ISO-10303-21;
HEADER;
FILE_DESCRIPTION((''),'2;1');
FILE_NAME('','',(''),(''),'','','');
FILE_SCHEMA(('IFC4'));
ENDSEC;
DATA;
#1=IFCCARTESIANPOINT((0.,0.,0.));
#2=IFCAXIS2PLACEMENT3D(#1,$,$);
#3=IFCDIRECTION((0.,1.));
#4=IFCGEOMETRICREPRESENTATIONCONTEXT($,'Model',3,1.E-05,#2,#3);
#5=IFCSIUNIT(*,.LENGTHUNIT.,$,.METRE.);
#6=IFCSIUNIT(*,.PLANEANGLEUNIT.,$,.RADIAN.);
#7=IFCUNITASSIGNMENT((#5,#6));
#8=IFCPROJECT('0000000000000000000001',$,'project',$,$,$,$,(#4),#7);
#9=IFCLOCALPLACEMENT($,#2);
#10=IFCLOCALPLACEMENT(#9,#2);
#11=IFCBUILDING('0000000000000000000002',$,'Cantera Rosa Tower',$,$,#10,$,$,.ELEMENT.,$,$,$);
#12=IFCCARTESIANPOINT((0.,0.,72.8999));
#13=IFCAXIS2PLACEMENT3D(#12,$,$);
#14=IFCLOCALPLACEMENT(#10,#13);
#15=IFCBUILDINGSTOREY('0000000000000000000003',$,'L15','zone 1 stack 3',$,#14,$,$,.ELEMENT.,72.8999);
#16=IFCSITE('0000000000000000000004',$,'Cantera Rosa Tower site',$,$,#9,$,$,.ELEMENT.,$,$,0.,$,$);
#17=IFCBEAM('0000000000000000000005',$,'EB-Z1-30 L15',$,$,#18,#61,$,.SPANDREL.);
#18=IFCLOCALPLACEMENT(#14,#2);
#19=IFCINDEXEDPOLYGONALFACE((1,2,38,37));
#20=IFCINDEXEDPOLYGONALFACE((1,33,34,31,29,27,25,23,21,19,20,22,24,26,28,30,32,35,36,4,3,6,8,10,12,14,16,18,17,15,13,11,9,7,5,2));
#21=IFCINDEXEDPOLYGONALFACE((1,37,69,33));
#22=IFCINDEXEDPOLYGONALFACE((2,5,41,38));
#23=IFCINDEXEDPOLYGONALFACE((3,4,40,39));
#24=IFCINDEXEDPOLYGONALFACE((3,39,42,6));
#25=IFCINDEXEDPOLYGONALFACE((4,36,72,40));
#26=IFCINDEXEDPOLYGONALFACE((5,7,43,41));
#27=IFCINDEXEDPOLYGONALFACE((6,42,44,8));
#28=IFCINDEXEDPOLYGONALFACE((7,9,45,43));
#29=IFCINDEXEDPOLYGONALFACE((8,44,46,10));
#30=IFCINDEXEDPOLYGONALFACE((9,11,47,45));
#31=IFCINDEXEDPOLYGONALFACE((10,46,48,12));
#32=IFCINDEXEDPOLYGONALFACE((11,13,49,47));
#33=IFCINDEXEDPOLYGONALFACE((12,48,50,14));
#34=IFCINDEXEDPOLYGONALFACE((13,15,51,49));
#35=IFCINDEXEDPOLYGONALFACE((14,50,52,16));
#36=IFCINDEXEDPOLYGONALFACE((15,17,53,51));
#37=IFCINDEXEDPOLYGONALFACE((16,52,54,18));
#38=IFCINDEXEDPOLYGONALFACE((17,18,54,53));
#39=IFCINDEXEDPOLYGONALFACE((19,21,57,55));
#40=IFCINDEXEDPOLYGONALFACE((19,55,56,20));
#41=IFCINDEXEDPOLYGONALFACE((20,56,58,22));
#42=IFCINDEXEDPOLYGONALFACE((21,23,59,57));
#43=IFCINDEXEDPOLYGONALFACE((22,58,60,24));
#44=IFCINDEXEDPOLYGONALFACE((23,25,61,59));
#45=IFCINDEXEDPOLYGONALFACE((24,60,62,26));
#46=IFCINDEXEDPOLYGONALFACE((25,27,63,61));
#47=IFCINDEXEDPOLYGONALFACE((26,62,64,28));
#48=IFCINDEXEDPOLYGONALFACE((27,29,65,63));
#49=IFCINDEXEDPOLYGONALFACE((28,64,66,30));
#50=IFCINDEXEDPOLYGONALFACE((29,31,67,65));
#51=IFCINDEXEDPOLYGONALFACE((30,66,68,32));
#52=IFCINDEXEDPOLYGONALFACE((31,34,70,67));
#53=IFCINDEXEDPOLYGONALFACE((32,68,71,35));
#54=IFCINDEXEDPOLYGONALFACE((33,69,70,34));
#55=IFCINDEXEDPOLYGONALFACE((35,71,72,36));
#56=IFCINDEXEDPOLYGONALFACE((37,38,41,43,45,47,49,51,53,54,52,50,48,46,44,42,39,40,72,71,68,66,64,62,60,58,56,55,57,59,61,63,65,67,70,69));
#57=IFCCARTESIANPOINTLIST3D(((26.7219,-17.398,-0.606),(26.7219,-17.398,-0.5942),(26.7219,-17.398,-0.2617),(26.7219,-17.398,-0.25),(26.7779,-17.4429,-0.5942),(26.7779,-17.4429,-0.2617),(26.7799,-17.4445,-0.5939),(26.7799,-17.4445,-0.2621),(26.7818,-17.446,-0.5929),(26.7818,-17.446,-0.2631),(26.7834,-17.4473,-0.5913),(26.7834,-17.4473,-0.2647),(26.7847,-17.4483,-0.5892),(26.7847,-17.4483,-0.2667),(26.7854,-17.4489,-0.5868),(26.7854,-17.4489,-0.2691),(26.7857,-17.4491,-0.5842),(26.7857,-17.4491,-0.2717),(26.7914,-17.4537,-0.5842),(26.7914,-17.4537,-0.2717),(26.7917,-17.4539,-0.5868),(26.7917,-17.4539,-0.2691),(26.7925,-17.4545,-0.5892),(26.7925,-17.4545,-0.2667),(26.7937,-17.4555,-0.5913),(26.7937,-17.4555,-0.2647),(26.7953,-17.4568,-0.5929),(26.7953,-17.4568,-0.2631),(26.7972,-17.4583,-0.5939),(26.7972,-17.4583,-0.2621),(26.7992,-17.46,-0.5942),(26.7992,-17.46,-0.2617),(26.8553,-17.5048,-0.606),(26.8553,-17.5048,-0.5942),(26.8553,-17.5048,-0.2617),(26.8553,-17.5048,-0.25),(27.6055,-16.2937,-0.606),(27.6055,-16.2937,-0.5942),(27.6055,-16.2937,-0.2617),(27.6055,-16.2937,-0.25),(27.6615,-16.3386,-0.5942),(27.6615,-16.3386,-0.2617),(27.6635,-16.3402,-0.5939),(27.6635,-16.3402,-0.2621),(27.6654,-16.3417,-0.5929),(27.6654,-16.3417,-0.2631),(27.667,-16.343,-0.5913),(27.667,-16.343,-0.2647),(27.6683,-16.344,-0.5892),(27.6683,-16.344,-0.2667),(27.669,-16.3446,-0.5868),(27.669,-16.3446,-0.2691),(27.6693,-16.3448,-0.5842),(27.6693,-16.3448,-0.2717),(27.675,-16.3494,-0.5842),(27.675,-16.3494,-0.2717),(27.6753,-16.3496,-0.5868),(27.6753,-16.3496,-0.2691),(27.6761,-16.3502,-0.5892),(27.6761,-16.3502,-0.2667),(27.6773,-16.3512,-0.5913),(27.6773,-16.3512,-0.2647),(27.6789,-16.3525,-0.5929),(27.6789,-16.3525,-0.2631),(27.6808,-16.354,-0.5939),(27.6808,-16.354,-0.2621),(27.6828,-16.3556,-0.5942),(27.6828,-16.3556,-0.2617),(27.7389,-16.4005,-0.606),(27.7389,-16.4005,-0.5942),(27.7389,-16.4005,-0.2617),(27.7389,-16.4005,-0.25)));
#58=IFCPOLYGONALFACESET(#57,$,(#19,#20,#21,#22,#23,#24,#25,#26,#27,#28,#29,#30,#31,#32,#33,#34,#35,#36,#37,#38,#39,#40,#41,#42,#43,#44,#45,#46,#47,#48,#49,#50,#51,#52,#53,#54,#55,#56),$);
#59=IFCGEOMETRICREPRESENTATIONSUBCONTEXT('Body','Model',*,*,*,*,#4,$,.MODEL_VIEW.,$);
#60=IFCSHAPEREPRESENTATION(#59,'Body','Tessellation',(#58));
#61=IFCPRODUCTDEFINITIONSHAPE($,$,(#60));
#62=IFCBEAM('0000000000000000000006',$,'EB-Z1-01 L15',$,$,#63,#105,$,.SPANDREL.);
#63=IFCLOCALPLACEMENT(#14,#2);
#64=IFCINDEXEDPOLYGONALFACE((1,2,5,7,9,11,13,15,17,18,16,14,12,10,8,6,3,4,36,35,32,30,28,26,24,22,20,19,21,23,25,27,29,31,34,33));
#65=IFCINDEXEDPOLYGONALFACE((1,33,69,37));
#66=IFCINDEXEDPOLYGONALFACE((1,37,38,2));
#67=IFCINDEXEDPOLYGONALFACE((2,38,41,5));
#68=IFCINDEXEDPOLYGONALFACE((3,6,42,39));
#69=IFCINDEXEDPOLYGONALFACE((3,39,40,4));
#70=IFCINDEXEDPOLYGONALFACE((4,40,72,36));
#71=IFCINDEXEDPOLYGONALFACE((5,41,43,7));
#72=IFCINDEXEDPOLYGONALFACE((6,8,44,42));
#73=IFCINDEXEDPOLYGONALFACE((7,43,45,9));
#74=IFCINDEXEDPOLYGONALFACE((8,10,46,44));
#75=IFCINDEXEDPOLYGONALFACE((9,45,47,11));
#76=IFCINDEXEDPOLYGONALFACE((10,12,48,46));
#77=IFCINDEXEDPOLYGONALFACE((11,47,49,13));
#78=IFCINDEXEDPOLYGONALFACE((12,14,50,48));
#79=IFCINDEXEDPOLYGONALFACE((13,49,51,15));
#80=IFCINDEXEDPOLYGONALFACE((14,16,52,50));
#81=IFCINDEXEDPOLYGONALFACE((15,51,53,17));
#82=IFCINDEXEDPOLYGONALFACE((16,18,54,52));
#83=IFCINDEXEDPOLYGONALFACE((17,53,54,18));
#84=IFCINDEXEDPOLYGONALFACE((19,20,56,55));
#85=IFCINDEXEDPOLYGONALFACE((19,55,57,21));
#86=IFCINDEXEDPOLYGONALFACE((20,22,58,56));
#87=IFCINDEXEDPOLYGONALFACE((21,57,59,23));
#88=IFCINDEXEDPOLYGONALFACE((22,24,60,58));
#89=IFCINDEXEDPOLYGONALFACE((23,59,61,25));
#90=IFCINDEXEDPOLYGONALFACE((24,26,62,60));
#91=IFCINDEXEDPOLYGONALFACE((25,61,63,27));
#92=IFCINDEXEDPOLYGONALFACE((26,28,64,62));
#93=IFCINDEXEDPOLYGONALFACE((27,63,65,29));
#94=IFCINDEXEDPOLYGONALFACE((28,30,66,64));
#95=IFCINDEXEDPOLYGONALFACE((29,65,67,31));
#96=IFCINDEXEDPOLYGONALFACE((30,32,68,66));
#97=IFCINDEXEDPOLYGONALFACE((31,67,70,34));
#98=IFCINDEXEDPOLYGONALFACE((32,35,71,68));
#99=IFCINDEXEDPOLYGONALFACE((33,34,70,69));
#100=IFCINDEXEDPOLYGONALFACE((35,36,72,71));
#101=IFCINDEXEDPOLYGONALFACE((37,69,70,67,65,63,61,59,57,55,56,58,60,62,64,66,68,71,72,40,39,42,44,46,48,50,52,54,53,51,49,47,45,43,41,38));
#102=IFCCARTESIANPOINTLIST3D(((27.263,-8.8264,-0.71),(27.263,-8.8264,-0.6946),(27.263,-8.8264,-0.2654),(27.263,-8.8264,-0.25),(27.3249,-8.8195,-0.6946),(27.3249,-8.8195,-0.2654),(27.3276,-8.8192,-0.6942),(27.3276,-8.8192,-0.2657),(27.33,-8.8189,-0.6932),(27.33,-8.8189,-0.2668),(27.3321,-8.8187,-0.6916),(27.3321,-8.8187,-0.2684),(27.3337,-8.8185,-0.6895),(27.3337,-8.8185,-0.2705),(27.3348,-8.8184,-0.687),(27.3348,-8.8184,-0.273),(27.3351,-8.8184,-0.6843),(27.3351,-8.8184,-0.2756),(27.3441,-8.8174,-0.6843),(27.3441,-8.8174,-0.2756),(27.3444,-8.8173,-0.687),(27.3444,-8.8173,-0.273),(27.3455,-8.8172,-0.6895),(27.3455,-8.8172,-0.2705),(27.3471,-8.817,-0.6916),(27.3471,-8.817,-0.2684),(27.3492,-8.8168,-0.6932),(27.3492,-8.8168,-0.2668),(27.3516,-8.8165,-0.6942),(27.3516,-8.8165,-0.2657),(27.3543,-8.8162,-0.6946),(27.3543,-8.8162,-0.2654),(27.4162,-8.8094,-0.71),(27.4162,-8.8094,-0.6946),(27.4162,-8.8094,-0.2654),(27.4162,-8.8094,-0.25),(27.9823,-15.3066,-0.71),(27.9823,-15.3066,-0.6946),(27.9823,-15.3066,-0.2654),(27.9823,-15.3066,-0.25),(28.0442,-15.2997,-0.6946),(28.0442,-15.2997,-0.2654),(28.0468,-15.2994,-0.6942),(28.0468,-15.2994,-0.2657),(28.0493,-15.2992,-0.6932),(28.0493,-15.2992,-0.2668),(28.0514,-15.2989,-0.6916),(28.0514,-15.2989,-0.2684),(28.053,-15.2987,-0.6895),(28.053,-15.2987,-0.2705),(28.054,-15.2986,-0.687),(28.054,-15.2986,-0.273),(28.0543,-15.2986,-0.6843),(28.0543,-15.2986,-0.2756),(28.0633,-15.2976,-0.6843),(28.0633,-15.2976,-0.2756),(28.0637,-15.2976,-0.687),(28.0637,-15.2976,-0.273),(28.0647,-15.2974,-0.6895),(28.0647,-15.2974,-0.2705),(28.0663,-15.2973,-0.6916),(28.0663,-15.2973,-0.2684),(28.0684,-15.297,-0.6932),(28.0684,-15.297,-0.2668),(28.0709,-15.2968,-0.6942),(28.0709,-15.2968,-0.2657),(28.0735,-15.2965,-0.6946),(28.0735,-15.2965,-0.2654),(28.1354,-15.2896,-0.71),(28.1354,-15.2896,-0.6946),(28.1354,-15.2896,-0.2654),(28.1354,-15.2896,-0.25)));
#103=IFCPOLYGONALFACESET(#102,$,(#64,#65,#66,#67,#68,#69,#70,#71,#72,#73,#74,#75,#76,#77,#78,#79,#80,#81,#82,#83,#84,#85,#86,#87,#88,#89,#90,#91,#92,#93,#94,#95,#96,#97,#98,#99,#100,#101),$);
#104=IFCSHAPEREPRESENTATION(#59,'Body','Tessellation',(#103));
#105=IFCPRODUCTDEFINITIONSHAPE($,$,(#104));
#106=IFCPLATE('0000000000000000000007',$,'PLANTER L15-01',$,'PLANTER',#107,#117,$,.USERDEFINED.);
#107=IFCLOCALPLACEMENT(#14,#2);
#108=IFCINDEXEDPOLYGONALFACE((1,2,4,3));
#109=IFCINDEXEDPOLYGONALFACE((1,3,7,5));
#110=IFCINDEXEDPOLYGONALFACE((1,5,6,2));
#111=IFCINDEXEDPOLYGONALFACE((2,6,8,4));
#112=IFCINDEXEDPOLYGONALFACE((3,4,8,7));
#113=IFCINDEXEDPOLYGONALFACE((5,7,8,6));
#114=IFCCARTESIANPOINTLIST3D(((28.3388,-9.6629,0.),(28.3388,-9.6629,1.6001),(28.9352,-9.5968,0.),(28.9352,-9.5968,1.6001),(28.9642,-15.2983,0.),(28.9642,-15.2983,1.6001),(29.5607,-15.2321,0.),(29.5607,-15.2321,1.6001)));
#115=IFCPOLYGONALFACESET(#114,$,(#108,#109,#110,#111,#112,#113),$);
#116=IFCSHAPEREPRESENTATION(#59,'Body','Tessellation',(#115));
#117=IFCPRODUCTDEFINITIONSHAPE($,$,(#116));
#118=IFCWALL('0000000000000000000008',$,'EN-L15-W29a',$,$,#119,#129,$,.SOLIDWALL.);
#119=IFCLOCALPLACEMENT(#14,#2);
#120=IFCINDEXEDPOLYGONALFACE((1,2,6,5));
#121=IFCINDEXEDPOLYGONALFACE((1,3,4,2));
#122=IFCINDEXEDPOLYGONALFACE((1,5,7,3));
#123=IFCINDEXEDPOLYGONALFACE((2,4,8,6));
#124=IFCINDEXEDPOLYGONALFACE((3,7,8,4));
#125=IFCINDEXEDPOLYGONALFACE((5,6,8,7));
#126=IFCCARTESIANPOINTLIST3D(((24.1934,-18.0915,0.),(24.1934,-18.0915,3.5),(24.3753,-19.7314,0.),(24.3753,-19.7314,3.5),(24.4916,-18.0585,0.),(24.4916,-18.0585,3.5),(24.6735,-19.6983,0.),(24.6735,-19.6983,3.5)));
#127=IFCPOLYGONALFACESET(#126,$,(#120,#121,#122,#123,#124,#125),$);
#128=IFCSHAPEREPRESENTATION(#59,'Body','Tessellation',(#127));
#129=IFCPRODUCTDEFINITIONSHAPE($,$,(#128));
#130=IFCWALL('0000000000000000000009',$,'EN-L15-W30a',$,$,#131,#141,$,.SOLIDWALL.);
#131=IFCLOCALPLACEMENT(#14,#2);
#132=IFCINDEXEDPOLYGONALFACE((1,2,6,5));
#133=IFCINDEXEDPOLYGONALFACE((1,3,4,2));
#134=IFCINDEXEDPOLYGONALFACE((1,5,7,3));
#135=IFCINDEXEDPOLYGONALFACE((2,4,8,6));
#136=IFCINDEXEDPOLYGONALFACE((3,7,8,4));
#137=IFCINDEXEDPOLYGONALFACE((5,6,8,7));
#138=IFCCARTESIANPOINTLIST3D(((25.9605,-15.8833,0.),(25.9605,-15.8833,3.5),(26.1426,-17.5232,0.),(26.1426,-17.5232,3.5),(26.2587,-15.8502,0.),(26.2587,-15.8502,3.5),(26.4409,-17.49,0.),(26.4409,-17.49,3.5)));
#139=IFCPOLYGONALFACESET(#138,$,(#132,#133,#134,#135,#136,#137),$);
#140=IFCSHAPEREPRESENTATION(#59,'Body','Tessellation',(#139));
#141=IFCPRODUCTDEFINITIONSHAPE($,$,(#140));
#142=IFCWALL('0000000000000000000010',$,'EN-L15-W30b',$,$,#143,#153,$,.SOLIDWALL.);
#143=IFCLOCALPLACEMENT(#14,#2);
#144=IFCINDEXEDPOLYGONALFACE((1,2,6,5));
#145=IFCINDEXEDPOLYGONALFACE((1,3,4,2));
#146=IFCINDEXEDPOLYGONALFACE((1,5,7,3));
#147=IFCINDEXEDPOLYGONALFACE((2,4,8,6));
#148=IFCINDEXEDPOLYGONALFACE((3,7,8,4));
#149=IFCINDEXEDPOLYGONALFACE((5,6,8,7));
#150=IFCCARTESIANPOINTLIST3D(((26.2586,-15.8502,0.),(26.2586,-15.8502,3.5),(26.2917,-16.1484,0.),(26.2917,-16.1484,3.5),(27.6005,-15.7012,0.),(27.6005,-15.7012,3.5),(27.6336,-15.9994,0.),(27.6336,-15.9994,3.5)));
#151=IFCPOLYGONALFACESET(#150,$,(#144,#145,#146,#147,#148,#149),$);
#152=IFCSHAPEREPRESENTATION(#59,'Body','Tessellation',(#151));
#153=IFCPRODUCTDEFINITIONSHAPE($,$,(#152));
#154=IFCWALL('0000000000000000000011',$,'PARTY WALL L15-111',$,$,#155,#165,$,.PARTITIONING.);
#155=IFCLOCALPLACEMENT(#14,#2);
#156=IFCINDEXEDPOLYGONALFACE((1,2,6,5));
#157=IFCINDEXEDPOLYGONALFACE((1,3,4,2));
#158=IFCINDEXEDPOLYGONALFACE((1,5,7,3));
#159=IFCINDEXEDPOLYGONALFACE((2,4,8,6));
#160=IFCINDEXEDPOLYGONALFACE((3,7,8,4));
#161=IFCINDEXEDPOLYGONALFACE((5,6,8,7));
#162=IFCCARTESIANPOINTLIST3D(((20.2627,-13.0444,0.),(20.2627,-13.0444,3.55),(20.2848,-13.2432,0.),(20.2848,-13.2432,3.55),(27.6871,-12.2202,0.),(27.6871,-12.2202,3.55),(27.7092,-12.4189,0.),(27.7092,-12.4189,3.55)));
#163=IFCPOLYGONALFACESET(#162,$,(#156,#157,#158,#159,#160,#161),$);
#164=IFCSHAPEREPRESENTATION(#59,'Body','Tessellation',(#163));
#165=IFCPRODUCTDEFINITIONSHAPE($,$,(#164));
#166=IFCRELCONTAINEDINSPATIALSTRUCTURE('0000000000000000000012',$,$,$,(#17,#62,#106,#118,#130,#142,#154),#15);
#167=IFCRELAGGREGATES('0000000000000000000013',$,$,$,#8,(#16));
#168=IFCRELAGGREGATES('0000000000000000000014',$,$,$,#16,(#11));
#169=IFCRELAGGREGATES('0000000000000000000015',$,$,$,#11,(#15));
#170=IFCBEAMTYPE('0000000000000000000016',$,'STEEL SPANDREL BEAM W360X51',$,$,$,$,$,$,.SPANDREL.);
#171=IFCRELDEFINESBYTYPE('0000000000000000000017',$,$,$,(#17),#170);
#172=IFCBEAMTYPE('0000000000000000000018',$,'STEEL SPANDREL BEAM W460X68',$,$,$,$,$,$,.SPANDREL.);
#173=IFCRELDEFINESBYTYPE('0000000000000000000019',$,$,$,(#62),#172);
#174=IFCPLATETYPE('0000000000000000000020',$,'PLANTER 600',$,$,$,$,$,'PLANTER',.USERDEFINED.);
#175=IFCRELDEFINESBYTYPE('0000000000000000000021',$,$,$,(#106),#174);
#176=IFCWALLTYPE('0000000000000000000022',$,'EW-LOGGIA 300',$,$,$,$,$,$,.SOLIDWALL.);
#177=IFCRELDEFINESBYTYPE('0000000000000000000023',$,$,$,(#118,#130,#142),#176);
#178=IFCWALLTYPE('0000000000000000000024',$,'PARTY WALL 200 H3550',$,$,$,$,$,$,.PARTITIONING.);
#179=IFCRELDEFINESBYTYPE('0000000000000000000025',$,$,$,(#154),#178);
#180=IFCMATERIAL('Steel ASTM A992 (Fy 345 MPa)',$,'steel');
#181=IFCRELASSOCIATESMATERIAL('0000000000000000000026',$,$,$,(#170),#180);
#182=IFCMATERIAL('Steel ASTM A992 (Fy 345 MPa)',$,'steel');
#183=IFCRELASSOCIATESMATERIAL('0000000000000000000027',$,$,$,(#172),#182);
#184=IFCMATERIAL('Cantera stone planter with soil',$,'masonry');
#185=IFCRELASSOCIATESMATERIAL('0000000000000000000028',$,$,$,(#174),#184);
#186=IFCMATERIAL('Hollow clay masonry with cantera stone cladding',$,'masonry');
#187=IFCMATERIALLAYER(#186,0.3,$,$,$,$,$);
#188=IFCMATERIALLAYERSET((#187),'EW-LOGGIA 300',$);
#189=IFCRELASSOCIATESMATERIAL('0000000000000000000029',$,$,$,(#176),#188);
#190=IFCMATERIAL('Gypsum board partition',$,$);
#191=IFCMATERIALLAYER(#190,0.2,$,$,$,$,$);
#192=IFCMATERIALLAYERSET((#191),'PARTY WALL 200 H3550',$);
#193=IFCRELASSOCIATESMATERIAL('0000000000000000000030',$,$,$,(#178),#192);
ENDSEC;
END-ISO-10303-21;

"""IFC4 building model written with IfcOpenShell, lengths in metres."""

from ifc_helpers import new_model, si_unit, direction, frame, frame_2d, origin, origin_2d, place, context, subcontext, project, spatial, rectangle, i_section, extrude, material, layer, layer_set, material_profile, profile_set, type_object, element, save


model = new_model("IFC4")

# Units and contexts
model_context = context("Model", 3, precision=1e-05, world=origin(), true_north=direction((0.0, 1.0)))
body_context = subcontext(model_context, "Body", "Model", "MODEL_VIEW")
ifc_project = project(units=[si_unit("LENGTHUNIT", "METRE"), si_unit("PLANEANGLEUNIT", "RADIAN")], contexts=[model_context])

# Site, building, storey
site_placement = place(None, origin())
site = spatial("IfcSite", under=ifc_project, at=site_placement, Name="Cantera Rosa Tower site", CompositionType="ELEMENT", RefElevation=0.0)
building_placement = place(site_placement, origin())
building = spatial("IfcBuilding", under=site, at=building_placement, Name="Cantera Rosa Tower", CompositionType="ELEMENT")
storey_placement = place(building_placement, frame((0.0, 0.0, 72.8999)))
storey = spatial("IfcBuildingStorey", under=building, at=storey_placement, Name="L15", Description="zone 1 stack 3", CompositionType="ELEMENT", Elevation=72.8999)

# Beams
ifc_material_1 = material(Name="Steel ASTM A992 (Fy 345 MPa)", Category="steel")
ifc_material_profile_1 = material_profile(ifc_material_1, i_section(OverallWidth=0.1709, OverallDepth=0.356, WebThickness=0.0073, FlangeThickness=0.0117, FilletRadius=0.01, at=origin_2d()), Name="W360X51")
ifc_profile_set_1 = profile_set([ifc_material_profile_1], Name="Steel ASTM A992 (Fy 345 MPa)")
beam_type_1 = type_object("IfcBeamType", Name="STEEL SPANDREL BEAM W360X51", PredefinedType="SPANDREL", material=ifc_profile_set_1)
for number, where, z_axis, x_axis, name in (
    (1, (26.7886, -17.4514, -0.428), (0.624758, 0.780818, 0.0), (-0.780818, 0.624758, 0.0), "EB-Z1-30 L15"),
):
    element("IfcBeam", number, at=place(storey_placement, frame(where, z_axis=z_axis, x_axis=x_axis)), inside=storey, type_object=beam_type_1, Name=name, PredefinedType="SPANDREL", context=body_context, shape_type="SweptSolid", body=[
        extrude(i_section(OverallWidth=0.1709, OverallDepth=0.356, WebThickness=0.0073, FlangeThickness=0.0117, FilletRadius=0.01, at=origin_2d()), origin(), (0.0, 0.0, 1.0), 1.4143),
    ])
ifc_material_2 = material(Name="Steel ASTM A992 (Fy 345 MPa)", Category="steel")
ifc_material_profile_2 = material_profile(ifc_material_2, i_section(OverallWidth=0.1541, OverallDepth=0.46, WebThickness=0.009, FlangeThickness=0.0154, FilletRadius=0.0103, at=origin_2d()), Name="W460X68")
ifc_profile_set_2 = profile_set([ifc_material_profile_2], Name="Steel ASTM A992 (Fy 345 MPa)")
beam_type_2 = type_object("IfcBeamType", Name="STEEL SPANDREL BEAM W460X68", PredefinedType="SPANDREL", material=ifc_profile_set_2)
beam_1_placement = place(storey_placement, frame((28.0588, -15.2981, -0.48), z_axis=(-0.110312, 0.993897, 0.0), x_axis=(-0.993897, -0.110312, 0.0)))
element("IfcBeam", 2, at=beam_1_placement, inside=storey, type_object=beam_type_2, Name="EB-Z1-01 L15", PredefinedType="SPANDREL", context=body_context, shape_type="SweptSolid", body=[
    extrude(i_section(OverallWidth=0.1541, OverallDepth=0.46, WebThickness=0.009, FlangeThickness=0.0154, FilletRadius=0.0103, at=origin_2d()), origin(), (0.0, 0.0, 1.0), 6.52),
])

# Plate
ifc_material_3 = material(Name="Cantera stone planter with soil", Category="masonry")
plate_type = type_object("IfcPlateType", Name="PLANTER 600", ElementType="PLANTER", PredefinedType="USERDEFINED", material=ifc_material_3)
plate_placement = place(storey_placement, frame((28.9497, -12.4475, 0.0), z_axis=(0.0, 0.0, 1.0), x_axis=(-0.110313, 0.993897, 0.0)))
element("IfcPlate", 3, at=plate_placement, inside=storey, type_object=plate_type, Name="PLANTER L15-01", ObjectType="PLANTER", PredefinedType="USERDEFINED", context=body_context, shape_type="SweptSolid", body=[
    extrude(rectangle(XDim=5.6699, YDim=0.6001, at=origin_2d()), origin(), (0.0, 0.0, 1.0), 1.6001),
])

# Walls
ifc_material_4 = material(Name="Hollow clay masonry with cantera stone cladding", Category="masonry")
ifc_layer_1 = layer(ifc_material_4, 0.3)
ifc_layer_set_1 = layer_set([ifc_layer_1], Name="EW-LOGGIA 300")
wall_type_1 = type_object("IfcWallType", Name="EW-LOGGIA 300", PredefinedType="SOLIDWALL", material=ifc_layer_set_1)
for number, where, z_axis, x_axis, name in (
    (4, (24.5244, -19.7148, 0.0), (0.0, 0.0, 1.0), (-0.110237, 0.993905, 0.0), "EN-L15-W29a"),
    (5, (26.2917, -17.5066, 0.0), (0.0, 0.0, 1.0), (-0.110383, 0.993889, 0.0), "EN-L15-W30a"),
):
    element("IfcWall", number, at=place(storey_placement, frame(where, z_axis=z_axis, x_axis=x_axis)), inside=storey, type_object=wall_type_1, Name=name, PredefinedType="SOLIDWALL", context=body_context, shape_type="SweptSolid", body=[
        extrude(rectangle(XDim=1.6499, YDim=0.3, at=frame_2d((0.825, 0.0))), origin(), (0.0, 0.0, 1.0), 3.5),
    ])
wall_1_placement = place(storey_placement, frame((26.2751, -15.9993, 0.0), z_axis=(0.0, 0.0, 1.0), x_axis=(0.993897, 0.110312, 0.0)))
element("IfcWall", 6, at=wall_1_placement, inside=storey, type_object=wall_type_1, Name="EN-L15-W30b", PredefinedType="SOLIDWALL", context=body_context, shape_type="SweptSolid", body=[
    extrude(rectangle(XDim=1.3501, YDim=0.3, at=frame_2d((0.675, 0.0))), origin(), (0.0, 0.0, 1.0), 3.5),
])

# Wall
ifc_material_5 = material(Name="Gypsum board partition")
ifc_layer_2 = layer(ifc_material_5, 0.2)
ifc_layer_set_2 = layer_set([ifc_layer_2], Name="PARTY WALL 200 H3550")
wall_type_2 = type_object("IfcWallType", Name="PARTY WALL 200 H3550", PredefinedType="PARTITIONING", material=ifc_layer_set_2)
wall_2_placement = place(storey_placement, frame((27.698, -12.3196, 0.0), z_axis=(0.0, 0.0, 1.0), x_axis=(-0.993894, -0.110338, 0.0)))
element("IfcWall", 7, at=wall_2_placement, inside=storey, type_object=wall_type_2, Name="PARTY WALL L15-111", PredefinedType="PARTITIONING", context=body_context, shape_type="SweptSolid", body=[
    extrude(rectangle(XDim=7.47, YDim=0.2, at=frame_2d((3.7349, 0.0))), origin(), (0.0, 0.0, 1.0), 3.55),
])

save(model, "model.ifc")
